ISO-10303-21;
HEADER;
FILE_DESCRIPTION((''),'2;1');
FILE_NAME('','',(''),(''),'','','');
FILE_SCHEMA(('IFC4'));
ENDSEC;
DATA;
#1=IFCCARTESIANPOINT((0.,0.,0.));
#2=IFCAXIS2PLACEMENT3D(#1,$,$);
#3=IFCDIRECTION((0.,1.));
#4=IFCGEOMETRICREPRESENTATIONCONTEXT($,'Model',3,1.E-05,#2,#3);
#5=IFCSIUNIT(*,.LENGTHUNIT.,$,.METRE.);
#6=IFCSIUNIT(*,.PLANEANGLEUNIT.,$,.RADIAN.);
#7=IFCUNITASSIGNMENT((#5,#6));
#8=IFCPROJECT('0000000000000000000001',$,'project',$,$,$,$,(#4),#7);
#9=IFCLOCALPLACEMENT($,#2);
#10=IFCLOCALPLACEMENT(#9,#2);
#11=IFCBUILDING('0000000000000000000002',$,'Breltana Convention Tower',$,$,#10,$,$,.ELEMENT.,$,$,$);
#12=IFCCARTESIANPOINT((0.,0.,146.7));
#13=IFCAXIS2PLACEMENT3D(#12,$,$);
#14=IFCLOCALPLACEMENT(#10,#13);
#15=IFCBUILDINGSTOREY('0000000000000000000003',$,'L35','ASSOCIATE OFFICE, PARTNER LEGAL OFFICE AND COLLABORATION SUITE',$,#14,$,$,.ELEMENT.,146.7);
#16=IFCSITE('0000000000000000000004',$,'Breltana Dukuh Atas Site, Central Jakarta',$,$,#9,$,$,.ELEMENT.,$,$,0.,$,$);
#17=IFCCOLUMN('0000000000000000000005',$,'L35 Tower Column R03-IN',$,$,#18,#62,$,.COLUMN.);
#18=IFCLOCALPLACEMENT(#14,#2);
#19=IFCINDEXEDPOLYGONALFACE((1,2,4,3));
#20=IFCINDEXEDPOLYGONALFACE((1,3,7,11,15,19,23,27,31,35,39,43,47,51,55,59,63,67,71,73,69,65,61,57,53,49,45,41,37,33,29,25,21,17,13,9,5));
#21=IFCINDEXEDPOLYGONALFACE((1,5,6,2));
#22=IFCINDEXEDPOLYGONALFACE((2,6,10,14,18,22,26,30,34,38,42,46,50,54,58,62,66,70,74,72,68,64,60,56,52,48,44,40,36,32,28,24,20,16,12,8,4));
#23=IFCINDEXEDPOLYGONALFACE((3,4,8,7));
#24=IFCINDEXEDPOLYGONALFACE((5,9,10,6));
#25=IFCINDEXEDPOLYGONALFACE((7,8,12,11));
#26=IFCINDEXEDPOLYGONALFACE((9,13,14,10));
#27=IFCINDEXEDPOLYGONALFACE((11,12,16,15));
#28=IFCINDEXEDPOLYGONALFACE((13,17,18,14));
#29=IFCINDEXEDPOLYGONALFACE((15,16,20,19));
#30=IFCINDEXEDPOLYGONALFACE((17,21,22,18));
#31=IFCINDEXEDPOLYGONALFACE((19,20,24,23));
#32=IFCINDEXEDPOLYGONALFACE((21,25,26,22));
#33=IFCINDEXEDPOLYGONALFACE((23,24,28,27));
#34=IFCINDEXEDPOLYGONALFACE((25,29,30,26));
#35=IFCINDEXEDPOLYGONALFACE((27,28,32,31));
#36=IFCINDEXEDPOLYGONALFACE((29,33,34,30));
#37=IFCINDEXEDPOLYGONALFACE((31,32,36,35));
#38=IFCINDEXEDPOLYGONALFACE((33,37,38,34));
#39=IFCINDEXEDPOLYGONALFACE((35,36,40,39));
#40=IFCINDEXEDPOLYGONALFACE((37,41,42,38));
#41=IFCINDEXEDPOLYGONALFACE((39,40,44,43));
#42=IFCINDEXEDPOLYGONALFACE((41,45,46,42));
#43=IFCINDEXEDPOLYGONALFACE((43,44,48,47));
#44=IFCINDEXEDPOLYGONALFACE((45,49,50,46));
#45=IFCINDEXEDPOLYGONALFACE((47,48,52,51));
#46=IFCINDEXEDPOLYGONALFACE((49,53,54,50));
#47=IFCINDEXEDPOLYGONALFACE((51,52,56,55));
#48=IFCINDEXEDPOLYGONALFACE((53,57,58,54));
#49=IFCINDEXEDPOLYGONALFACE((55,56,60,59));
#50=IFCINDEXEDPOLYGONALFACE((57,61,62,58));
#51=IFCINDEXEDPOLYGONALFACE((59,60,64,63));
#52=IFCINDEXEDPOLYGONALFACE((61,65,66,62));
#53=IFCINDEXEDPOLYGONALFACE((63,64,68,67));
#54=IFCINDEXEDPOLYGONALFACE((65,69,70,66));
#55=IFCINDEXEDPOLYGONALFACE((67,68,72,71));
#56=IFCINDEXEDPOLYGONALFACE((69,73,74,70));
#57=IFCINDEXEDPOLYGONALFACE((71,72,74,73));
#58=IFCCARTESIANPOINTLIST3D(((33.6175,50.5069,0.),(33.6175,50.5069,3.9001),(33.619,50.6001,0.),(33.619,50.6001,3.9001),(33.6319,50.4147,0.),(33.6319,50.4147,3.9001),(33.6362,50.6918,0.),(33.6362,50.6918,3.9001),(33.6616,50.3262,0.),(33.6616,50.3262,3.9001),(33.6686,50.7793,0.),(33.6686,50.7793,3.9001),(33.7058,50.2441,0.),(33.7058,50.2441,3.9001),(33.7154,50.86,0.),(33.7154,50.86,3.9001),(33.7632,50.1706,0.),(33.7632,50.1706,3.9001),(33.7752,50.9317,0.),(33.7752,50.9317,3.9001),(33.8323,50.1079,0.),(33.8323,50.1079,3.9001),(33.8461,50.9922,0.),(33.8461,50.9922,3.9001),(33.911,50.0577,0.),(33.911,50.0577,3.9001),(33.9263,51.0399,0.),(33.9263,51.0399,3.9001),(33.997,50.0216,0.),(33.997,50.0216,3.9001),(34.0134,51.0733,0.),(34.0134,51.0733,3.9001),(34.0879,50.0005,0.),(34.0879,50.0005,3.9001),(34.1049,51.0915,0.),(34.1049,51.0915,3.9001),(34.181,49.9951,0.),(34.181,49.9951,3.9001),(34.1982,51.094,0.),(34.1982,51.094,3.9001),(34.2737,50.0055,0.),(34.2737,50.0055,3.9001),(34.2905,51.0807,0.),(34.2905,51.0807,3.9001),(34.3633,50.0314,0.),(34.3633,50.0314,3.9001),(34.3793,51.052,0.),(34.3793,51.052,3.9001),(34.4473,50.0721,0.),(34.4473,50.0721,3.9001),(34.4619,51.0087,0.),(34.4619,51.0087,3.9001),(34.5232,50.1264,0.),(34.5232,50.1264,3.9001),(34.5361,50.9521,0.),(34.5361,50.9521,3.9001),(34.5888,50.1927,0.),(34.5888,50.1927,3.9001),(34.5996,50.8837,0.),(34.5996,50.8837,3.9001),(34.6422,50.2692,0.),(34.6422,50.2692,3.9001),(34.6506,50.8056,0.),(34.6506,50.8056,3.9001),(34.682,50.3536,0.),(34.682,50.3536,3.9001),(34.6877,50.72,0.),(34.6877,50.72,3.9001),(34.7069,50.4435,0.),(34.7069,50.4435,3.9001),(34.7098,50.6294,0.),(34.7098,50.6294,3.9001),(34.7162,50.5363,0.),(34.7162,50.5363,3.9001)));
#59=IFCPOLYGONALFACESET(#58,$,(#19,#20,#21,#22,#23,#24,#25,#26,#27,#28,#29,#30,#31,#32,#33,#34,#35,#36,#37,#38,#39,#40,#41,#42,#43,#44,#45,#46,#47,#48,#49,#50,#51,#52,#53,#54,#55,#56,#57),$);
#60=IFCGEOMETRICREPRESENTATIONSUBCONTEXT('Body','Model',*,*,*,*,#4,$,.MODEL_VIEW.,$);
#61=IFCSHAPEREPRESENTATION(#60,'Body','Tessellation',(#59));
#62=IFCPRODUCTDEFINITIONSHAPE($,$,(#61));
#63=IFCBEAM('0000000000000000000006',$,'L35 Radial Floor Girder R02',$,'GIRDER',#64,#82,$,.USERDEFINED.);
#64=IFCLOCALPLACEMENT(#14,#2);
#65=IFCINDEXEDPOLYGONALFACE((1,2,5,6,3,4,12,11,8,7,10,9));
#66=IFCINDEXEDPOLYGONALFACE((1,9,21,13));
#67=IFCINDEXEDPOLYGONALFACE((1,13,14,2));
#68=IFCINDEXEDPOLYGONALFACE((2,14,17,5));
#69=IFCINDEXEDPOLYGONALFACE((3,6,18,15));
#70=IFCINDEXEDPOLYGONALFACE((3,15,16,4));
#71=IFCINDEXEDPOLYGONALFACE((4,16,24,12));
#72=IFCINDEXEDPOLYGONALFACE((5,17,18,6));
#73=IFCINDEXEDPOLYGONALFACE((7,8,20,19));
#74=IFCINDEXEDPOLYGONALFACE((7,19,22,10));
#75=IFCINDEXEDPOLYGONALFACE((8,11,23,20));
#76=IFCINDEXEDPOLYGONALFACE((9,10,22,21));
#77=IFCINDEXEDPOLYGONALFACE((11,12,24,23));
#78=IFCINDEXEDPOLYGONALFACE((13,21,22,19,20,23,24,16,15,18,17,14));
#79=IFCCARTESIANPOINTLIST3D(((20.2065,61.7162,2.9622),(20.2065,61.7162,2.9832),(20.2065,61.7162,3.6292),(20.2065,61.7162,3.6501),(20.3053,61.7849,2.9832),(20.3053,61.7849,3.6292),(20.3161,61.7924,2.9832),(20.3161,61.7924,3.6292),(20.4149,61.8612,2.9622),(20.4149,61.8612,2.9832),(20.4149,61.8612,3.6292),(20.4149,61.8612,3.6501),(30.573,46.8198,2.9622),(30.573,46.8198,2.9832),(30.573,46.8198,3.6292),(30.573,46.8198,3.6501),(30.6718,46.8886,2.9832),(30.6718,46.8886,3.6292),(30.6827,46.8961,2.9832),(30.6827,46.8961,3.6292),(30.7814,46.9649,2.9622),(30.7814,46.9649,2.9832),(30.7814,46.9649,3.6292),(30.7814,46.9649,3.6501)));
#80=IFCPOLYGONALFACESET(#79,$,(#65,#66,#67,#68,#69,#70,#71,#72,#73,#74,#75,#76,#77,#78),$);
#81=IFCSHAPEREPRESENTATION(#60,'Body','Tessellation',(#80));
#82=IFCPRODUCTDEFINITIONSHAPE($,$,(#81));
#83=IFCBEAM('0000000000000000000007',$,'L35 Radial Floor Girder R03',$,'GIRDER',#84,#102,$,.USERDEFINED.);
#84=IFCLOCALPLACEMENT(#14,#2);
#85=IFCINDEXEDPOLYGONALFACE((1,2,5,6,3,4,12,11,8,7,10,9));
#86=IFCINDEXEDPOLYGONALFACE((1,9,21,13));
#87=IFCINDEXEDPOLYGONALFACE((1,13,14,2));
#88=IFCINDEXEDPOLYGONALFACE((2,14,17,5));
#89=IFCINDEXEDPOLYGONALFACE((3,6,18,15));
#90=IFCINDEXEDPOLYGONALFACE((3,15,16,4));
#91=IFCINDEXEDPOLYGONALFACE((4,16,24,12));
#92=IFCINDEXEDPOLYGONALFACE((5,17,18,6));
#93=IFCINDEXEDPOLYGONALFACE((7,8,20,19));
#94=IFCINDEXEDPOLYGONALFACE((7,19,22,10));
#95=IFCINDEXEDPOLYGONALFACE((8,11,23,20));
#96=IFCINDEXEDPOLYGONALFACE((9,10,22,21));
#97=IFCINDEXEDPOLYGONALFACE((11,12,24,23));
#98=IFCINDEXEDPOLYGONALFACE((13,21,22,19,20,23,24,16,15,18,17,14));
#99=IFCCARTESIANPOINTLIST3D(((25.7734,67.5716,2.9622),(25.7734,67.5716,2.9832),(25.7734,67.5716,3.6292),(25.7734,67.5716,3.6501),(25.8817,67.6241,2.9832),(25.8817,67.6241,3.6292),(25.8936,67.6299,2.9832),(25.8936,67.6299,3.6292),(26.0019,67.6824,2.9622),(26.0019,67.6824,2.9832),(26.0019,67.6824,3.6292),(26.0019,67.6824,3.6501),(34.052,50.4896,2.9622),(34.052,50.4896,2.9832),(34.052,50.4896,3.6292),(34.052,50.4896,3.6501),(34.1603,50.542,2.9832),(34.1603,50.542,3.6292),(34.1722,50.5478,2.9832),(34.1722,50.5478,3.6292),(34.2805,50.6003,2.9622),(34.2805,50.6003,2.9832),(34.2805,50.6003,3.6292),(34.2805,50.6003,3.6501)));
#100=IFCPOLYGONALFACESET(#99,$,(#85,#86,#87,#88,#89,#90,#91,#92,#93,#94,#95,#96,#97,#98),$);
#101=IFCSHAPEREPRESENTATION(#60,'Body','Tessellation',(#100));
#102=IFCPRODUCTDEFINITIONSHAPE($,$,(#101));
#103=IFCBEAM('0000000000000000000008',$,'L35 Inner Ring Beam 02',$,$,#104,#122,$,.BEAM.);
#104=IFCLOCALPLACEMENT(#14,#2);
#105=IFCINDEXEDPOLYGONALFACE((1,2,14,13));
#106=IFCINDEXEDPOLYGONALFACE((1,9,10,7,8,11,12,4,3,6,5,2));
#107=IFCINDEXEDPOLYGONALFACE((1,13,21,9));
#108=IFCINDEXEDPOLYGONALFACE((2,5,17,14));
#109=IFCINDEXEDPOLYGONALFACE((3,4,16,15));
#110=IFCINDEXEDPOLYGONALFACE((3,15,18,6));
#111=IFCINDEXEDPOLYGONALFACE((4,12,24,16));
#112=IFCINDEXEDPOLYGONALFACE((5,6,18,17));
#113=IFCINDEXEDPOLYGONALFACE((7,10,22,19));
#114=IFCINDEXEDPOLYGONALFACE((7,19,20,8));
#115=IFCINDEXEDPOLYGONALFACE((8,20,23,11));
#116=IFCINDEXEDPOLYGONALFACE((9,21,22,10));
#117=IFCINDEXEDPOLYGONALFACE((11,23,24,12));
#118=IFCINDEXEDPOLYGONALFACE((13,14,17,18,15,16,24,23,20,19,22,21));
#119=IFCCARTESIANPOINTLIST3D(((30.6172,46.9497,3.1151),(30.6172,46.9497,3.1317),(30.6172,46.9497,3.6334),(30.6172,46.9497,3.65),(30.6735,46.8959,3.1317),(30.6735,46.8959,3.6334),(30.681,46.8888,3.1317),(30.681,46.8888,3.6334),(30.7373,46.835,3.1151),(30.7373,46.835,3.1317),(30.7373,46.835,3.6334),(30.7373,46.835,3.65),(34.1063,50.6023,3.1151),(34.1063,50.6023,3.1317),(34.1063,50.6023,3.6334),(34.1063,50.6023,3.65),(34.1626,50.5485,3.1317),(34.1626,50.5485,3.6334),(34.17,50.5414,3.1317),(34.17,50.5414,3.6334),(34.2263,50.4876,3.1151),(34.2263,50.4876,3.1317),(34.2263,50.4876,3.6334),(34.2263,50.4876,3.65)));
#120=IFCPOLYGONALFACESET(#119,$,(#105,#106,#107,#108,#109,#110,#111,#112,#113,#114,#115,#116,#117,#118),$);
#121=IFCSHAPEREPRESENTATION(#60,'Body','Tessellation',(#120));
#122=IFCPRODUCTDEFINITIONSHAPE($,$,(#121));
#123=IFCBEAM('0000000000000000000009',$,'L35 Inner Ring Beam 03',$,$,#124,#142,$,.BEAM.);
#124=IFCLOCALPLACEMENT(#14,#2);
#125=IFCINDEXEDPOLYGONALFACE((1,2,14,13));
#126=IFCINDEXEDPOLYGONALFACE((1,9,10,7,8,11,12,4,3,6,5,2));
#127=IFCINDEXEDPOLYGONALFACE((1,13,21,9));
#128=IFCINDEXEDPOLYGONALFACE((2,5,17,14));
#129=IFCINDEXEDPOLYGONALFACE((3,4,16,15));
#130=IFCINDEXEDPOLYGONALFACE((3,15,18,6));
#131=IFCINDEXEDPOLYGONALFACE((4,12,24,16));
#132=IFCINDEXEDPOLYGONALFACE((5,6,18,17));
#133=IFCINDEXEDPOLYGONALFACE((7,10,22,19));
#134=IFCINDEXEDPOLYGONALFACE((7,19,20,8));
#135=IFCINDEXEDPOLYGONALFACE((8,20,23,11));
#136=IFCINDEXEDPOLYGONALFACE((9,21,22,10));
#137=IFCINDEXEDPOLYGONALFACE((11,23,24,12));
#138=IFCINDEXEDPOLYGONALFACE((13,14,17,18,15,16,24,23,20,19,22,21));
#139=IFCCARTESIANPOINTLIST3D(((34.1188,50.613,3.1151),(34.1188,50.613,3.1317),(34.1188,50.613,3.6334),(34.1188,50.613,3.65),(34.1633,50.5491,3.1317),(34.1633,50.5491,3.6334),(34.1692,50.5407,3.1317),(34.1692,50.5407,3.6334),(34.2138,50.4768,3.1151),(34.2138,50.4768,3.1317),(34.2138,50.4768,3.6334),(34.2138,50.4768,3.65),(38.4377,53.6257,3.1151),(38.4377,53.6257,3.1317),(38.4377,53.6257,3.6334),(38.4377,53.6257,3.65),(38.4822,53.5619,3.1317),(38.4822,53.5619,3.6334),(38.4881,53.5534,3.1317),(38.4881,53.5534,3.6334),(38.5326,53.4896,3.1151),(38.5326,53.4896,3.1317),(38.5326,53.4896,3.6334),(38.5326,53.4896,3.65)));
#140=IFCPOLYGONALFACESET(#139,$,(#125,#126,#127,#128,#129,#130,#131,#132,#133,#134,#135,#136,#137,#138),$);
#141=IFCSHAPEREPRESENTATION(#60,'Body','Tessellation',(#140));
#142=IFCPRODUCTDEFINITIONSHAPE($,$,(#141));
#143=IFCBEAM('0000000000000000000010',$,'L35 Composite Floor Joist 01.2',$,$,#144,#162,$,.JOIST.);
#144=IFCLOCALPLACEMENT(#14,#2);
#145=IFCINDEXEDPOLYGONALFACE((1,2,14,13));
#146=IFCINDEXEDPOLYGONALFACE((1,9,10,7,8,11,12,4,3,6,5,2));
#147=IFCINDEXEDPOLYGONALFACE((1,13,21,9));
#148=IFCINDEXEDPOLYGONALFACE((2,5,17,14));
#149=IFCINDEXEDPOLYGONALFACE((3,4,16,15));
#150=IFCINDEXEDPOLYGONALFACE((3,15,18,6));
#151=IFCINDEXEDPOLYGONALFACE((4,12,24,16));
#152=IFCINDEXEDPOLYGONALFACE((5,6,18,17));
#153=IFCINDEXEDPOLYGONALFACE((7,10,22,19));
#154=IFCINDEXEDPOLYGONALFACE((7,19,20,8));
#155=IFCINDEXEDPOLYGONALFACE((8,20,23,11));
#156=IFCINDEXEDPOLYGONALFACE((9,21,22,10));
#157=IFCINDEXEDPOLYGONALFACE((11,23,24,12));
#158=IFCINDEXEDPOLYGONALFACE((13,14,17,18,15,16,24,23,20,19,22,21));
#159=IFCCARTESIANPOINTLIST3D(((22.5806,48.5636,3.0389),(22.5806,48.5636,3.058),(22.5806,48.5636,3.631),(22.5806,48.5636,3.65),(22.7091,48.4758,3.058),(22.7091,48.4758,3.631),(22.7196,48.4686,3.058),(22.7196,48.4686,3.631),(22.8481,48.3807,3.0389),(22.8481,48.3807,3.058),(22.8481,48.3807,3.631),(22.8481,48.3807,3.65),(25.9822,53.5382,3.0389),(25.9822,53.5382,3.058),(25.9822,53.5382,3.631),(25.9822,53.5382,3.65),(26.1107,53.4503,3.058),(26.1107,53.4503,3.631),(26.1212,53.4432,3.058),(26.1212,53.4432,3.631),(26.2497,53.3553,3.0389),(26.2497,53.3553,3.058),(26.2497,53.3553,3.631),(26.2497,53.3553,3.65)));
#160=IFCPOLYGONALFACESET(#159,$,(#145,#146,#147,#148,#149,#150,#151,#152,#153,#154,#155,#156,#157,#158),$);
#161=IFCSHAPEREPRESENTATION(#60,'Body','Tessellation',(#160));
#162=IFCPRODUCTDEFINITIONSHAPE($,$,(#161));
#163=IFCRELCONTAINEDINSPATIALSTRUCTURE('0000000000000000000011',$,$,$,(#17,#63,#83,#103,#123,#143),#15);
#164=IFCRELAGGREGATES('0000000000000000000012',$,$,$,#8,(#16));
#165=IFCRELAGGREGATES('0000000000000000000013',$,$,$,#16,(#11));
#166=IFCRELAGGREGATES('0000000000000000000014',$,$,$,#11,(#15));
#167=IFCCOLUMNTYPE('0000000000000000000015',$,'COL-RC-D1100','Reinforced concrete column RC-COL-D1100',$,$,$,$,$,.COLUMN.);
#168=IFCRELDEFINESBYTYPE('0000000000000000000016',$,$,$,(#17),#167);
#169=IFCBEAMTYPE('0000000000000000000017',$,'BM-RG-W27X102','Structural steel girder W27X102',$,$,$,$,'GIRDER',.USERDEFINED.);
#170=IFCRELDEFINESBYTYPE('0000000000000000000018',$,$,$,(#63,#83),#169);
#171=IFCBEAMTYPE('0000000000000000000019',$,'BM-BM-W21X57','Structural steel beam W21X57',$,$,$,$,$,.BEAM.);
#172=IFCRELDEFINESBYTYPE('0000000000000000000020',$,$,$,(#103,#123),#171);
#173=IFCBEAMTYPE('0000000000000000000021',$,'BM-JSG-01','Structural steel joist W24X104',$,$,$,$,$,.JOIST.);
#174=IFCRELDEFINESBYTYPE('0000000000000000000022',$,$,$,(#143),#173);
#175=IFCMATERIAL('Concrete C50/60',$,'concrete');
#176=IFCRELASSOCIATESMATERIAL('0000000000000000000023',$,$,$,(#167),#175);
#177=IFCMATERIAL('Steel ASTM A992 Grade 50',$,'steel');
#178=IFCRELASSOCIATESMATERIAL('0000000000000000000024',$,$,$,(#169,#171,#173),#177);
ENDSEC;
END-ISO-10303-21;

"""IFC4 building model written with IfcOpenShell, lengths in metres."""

from ifc_helpers import new_model, si_unit, direction, frame, origin, origin_2d, place, context, subcontext, project, spatial, circle, i_section, extrude, source, transform, mapped, material, material_profile, profile_set, type_object, element, save


model = new_model("IFC4")

# Units and contexts
model_context = context("Model", 3, precision=1e-05, world=origin(), true_north=direction((0.0, 1.0)))
body_context = subcontext(model_context, "Body", "Model", "MODEL_VIEW")
ifc_project = project(units=[si_unit("LENGTHUNIT", "METRE"), si_unit("PLANEANGLEUNIT", "RADIAN")], contexts=[model_context])

# Site, building, storey
site_placement = place(None, origin())
site = spatial("IfcSite", under=ifc_project, at=site_placement, Name="Breltana Dukuh Atas Site, Central Jakarta", CompositionType="ELEMENT", RefElevation=0.0)
building_placement = place(site_placement, origin())
building = spatial("IfcBuilding", under=site, at=building_placement, Name="Breltana Convention Tower", CompositionType="ELEMENT")
storey_placement = place(building_placement, frame((0.0, 0.0, 146.7)))
storey = spatial("IfcBuildingStorey", under=building, at=storey_placement, Name="L35", Description="ASSOCIATE OFFICE, PARTNER LEGAL OFFICE AND COLLABORATION SUITE", CompositionType="ELEMENT", Elevation=146.7)

# Column
ifc_material_1 = material(Name="Concrete C50/60", Category="concrete")
ifc_material_profile_1 = material_profile(ifc_material_1, circle(Radius=0.55, at=origin_2d()), Name="RC-COL-D1100")
ifc_profile_set_1 = profile_set([ifc_material_profile_1], Name="Concrete C50/60")
column_type = type_object("IfcColumnType", Name="COL-RC-D1100", Description="Reinforced concrete column RC-COL-D1100", PredefinedType="COLUMN", material=ifc_profile_set_1)
shared_shape_1 = source(origin(), body_context, "Body", "SweptSolid", [
    extrude(circle(Radius=0.55, at=origin_2d()), origin(), (0.0, 0.0, 1.0), 3.9001),
])
for number, where, z_axis, x_axis, name in (
    (1, (34.1663, 50.5449, 0.0), (0.0, 0.0, 1.0), (-0.436174, 0.899863, 0.0), "L35 Tower Column R03-IN"),
):
    element("IfcColumn", number, at=place(storey_placement, frame(where, z_axis=z_axis, x_axis=x_axis)), inside=storey, type_object=column_type, Name=name, PredefinedType="COLUMN", context=body_context, shape_type="MappedRepresentation", body=[
        mapped(shared_shape_1, transform((0.0, 0.0, 0.0), scale=1.0)),
    ])

# Beams
ifc_material_2 = material(Name="Steel ASTM A992 Grade 50", Category="steel")
ifc_material_profile_2 = material_profile(ifc_material_2, i_section(OverallWidth=0.2539, OverallDepth=0.688, WebThickness=0.0132, FlangeThickness=0.021, at=origin_2d()), Name="W27X102")
ifc_profile_set_2 = profile_set([ifc_material_profile_2], Name="Steel ASTM A992 Grade 50")
beam_type_1 = type_object("IfcBeamType", Name="BM-RG-W27X102", Description="Structural steel girder W27X102", ElementType="GIRDER", PredefinedType="USERDEFINED", material=ifc_profile_set_2)
shared_shape_2 = source(origin(), body_context, "Body", "SweptSolid", [
    extrude(i_section(OverallWidth=0.2539, OverallDepth=0.688, WebThickness=0.0132, FlangeThickness=0.021, at=origin_2d()), origin(), (0.0, 0.0, 1.0), 18.1484),
])
beam_1_placement = place(storey_placement, frame((30.6772, 46.8923, 3.3062), z_axis=(-0.571208, 0.820806, 0.0), x_axis=(-0.820806, -0.571208, 0.0)))
element("IfcBeam", 2, at=beam_1_placement, inside=storey, type_object=beam_type_1, Name="L35 Radial Floor Girder R02", ObjectType="GIRDER", PredefinedType="USERDEFINED", context=body_context, shape_type="MappedRepresentation", body=[
    mapped(shared_shape_2, transform((0.0, 0.0, 0.0), scale=1.0)),
])
shared_shape_3 = source(origin(), body_context, "Body", "SweptSolid", [
    extrude(i_section(OverallWidth=0.2539, OverallDepth=0.688, WebThickness=0.0132, FlangeThickness=0.021, at=origin_2d()), origin(), (0.0, 0.0, 1.0), 18.9824),
])
beam_2_placement = place(storey_placement, frame((34.1663, 50.5449, 3.3062), z_axis=(-0.436119, 0.899889, 0.0), x_axis=(-0.899889, -0.436119, 0.0)))
element("IfcBeam", 3, at=beam_2_placement, inside=storey, type_object=beam_type_1, Name="L35 Radial Floor Girder R03", ObjectType="GIRDER", PredefinedType="USERDEFINED", context=body_context, shape_type="MappedRepresentation", body=[
    mapped(shared_shape_3, transform((0.0, 0.0, 0.0), scale=1.0)),
])
ifc_material_profile_3 = material_profile(ifc_material_2, i_section(OverallWidth=0.166, OverallDepth=0.5349, WebThickness=0.0103, FlangeThickness=0.0166, at=origin_2d()), Name="W21X57")
ifc_profile_set_3 = profile_set([ifc_material_profile_3], Name="Steel ASTM A992 Grade 50")
beam_type_2 = type_object("IfcBeamType", Name="BM-BM-W21X57", Description="Structural steel beam W21X57", PredefinedType="BEAM", material=ifc_profile_set_3)
shared_shape_4 = source(origin(), body_context, "Body", "SweptSolid", [
    extrude(i_section(OverallWidth=0.166, OverallDepth=0.5349, WebThickness=0.0103, FlangeThickness=0.0166, at=origin_2d()), origin(), (0.0, 0.0, 1.0), 5.0513),
])
beam_3_placement = place(storey_placement, frame((30.6772, 46.8923, 3.3826), z_axis=(0.69073, 0.723113, 0.0), x_axis=(-0.723113, 0.69073, 0.0)))
element("IfcBeam", 4, at=beam_3_placement, inside=storey, type_object=beam_type_2, Name="L35 Inner Ring Beam 02", PredefinedType="BEAM", context=body_context, shape_type="MappedRepresentation", body=[
    mapped(shared_shape_4, transform((0.0, 0.0, 0.0), scale=1.0)),
])
shared_shape_5 = source(origin(), body_context, "Body", "SweptSolid", [
    extrude(i_section(OverallWidth=0.166, OverallDepth=0.5349, WebThickness=0.0103, FlangeThickness=0.0166, at=origin_2d()), origin(), (0.0, 0.0, 1.0), 5.2659),
])
beam_4_placement = place(storey_placement, frame((34.1663, 50.5449, 3.3826), z_axis=(0.820167, 0.572124, 0.0), x_axis=(-0.572124, 0.820167, 0.0)))
element("IfcBeam", 5, at=beam_4_placement, inside=storey, type_object=beam_type_2, Name="L35 Inner Ring Beam 03", PredefinedType="BEAM", context=body_context, shape_type="MappedRepresentation", body=[
    mapped(shared_shape_5, transform((0.0, 0.0, 0.0), scale=1.0)),
])
ifc_material_profile_4 = material_profile(ifc_material_2, i_section(OverallWidth=0.324, OverallDepth=0.6111, WebThickness=0.0127, FlangeThickness=0.019, at=origin_2d()), Name="W24X104")
ifc_profile_set_4 = profile_set([ifc_material_profile_4], Name="Steel ASTM A992 Grade 50")
beam_type_3 = type_object("IfcBeamType", Name="BM-JSG-01", Description="Structural steel joist W24X104", PredefinedType="JOIST", material=ifc_profile_set_4)
shared_shape_6 = source(origin(), body_context, "Body", "SweptSolid", [
    extrude(i_section(OverallWidth=0.324, OverallDepth=0.6111, WebThickness=0.0127, FlangeThickness=0.019, at=origin_2d()), origin(), (0.0, 0.0, 1.0), 6.0264),
])
beam_5_placement = place(storey_placement, frame((22.7144, 48.4722, 3.3445), z_axis=(0.56445, 0.825467, 0.0), x_axis=(-0.825467, 0.56445, 0.0)))
element("IfcBeam", 6, at=beam_5_placement, inside=storey, type_object=beam_type_3, Name="L35 Composite Floor Joist 01.2", PredefinedType="JOIST", context=body_context, shape_type="MappedRepresentation", body=[
    mapped(shared_shape_6, transform((0.0, 0.0, 0.0), scale=1.0)),
])

save(model, "model.ifc")
